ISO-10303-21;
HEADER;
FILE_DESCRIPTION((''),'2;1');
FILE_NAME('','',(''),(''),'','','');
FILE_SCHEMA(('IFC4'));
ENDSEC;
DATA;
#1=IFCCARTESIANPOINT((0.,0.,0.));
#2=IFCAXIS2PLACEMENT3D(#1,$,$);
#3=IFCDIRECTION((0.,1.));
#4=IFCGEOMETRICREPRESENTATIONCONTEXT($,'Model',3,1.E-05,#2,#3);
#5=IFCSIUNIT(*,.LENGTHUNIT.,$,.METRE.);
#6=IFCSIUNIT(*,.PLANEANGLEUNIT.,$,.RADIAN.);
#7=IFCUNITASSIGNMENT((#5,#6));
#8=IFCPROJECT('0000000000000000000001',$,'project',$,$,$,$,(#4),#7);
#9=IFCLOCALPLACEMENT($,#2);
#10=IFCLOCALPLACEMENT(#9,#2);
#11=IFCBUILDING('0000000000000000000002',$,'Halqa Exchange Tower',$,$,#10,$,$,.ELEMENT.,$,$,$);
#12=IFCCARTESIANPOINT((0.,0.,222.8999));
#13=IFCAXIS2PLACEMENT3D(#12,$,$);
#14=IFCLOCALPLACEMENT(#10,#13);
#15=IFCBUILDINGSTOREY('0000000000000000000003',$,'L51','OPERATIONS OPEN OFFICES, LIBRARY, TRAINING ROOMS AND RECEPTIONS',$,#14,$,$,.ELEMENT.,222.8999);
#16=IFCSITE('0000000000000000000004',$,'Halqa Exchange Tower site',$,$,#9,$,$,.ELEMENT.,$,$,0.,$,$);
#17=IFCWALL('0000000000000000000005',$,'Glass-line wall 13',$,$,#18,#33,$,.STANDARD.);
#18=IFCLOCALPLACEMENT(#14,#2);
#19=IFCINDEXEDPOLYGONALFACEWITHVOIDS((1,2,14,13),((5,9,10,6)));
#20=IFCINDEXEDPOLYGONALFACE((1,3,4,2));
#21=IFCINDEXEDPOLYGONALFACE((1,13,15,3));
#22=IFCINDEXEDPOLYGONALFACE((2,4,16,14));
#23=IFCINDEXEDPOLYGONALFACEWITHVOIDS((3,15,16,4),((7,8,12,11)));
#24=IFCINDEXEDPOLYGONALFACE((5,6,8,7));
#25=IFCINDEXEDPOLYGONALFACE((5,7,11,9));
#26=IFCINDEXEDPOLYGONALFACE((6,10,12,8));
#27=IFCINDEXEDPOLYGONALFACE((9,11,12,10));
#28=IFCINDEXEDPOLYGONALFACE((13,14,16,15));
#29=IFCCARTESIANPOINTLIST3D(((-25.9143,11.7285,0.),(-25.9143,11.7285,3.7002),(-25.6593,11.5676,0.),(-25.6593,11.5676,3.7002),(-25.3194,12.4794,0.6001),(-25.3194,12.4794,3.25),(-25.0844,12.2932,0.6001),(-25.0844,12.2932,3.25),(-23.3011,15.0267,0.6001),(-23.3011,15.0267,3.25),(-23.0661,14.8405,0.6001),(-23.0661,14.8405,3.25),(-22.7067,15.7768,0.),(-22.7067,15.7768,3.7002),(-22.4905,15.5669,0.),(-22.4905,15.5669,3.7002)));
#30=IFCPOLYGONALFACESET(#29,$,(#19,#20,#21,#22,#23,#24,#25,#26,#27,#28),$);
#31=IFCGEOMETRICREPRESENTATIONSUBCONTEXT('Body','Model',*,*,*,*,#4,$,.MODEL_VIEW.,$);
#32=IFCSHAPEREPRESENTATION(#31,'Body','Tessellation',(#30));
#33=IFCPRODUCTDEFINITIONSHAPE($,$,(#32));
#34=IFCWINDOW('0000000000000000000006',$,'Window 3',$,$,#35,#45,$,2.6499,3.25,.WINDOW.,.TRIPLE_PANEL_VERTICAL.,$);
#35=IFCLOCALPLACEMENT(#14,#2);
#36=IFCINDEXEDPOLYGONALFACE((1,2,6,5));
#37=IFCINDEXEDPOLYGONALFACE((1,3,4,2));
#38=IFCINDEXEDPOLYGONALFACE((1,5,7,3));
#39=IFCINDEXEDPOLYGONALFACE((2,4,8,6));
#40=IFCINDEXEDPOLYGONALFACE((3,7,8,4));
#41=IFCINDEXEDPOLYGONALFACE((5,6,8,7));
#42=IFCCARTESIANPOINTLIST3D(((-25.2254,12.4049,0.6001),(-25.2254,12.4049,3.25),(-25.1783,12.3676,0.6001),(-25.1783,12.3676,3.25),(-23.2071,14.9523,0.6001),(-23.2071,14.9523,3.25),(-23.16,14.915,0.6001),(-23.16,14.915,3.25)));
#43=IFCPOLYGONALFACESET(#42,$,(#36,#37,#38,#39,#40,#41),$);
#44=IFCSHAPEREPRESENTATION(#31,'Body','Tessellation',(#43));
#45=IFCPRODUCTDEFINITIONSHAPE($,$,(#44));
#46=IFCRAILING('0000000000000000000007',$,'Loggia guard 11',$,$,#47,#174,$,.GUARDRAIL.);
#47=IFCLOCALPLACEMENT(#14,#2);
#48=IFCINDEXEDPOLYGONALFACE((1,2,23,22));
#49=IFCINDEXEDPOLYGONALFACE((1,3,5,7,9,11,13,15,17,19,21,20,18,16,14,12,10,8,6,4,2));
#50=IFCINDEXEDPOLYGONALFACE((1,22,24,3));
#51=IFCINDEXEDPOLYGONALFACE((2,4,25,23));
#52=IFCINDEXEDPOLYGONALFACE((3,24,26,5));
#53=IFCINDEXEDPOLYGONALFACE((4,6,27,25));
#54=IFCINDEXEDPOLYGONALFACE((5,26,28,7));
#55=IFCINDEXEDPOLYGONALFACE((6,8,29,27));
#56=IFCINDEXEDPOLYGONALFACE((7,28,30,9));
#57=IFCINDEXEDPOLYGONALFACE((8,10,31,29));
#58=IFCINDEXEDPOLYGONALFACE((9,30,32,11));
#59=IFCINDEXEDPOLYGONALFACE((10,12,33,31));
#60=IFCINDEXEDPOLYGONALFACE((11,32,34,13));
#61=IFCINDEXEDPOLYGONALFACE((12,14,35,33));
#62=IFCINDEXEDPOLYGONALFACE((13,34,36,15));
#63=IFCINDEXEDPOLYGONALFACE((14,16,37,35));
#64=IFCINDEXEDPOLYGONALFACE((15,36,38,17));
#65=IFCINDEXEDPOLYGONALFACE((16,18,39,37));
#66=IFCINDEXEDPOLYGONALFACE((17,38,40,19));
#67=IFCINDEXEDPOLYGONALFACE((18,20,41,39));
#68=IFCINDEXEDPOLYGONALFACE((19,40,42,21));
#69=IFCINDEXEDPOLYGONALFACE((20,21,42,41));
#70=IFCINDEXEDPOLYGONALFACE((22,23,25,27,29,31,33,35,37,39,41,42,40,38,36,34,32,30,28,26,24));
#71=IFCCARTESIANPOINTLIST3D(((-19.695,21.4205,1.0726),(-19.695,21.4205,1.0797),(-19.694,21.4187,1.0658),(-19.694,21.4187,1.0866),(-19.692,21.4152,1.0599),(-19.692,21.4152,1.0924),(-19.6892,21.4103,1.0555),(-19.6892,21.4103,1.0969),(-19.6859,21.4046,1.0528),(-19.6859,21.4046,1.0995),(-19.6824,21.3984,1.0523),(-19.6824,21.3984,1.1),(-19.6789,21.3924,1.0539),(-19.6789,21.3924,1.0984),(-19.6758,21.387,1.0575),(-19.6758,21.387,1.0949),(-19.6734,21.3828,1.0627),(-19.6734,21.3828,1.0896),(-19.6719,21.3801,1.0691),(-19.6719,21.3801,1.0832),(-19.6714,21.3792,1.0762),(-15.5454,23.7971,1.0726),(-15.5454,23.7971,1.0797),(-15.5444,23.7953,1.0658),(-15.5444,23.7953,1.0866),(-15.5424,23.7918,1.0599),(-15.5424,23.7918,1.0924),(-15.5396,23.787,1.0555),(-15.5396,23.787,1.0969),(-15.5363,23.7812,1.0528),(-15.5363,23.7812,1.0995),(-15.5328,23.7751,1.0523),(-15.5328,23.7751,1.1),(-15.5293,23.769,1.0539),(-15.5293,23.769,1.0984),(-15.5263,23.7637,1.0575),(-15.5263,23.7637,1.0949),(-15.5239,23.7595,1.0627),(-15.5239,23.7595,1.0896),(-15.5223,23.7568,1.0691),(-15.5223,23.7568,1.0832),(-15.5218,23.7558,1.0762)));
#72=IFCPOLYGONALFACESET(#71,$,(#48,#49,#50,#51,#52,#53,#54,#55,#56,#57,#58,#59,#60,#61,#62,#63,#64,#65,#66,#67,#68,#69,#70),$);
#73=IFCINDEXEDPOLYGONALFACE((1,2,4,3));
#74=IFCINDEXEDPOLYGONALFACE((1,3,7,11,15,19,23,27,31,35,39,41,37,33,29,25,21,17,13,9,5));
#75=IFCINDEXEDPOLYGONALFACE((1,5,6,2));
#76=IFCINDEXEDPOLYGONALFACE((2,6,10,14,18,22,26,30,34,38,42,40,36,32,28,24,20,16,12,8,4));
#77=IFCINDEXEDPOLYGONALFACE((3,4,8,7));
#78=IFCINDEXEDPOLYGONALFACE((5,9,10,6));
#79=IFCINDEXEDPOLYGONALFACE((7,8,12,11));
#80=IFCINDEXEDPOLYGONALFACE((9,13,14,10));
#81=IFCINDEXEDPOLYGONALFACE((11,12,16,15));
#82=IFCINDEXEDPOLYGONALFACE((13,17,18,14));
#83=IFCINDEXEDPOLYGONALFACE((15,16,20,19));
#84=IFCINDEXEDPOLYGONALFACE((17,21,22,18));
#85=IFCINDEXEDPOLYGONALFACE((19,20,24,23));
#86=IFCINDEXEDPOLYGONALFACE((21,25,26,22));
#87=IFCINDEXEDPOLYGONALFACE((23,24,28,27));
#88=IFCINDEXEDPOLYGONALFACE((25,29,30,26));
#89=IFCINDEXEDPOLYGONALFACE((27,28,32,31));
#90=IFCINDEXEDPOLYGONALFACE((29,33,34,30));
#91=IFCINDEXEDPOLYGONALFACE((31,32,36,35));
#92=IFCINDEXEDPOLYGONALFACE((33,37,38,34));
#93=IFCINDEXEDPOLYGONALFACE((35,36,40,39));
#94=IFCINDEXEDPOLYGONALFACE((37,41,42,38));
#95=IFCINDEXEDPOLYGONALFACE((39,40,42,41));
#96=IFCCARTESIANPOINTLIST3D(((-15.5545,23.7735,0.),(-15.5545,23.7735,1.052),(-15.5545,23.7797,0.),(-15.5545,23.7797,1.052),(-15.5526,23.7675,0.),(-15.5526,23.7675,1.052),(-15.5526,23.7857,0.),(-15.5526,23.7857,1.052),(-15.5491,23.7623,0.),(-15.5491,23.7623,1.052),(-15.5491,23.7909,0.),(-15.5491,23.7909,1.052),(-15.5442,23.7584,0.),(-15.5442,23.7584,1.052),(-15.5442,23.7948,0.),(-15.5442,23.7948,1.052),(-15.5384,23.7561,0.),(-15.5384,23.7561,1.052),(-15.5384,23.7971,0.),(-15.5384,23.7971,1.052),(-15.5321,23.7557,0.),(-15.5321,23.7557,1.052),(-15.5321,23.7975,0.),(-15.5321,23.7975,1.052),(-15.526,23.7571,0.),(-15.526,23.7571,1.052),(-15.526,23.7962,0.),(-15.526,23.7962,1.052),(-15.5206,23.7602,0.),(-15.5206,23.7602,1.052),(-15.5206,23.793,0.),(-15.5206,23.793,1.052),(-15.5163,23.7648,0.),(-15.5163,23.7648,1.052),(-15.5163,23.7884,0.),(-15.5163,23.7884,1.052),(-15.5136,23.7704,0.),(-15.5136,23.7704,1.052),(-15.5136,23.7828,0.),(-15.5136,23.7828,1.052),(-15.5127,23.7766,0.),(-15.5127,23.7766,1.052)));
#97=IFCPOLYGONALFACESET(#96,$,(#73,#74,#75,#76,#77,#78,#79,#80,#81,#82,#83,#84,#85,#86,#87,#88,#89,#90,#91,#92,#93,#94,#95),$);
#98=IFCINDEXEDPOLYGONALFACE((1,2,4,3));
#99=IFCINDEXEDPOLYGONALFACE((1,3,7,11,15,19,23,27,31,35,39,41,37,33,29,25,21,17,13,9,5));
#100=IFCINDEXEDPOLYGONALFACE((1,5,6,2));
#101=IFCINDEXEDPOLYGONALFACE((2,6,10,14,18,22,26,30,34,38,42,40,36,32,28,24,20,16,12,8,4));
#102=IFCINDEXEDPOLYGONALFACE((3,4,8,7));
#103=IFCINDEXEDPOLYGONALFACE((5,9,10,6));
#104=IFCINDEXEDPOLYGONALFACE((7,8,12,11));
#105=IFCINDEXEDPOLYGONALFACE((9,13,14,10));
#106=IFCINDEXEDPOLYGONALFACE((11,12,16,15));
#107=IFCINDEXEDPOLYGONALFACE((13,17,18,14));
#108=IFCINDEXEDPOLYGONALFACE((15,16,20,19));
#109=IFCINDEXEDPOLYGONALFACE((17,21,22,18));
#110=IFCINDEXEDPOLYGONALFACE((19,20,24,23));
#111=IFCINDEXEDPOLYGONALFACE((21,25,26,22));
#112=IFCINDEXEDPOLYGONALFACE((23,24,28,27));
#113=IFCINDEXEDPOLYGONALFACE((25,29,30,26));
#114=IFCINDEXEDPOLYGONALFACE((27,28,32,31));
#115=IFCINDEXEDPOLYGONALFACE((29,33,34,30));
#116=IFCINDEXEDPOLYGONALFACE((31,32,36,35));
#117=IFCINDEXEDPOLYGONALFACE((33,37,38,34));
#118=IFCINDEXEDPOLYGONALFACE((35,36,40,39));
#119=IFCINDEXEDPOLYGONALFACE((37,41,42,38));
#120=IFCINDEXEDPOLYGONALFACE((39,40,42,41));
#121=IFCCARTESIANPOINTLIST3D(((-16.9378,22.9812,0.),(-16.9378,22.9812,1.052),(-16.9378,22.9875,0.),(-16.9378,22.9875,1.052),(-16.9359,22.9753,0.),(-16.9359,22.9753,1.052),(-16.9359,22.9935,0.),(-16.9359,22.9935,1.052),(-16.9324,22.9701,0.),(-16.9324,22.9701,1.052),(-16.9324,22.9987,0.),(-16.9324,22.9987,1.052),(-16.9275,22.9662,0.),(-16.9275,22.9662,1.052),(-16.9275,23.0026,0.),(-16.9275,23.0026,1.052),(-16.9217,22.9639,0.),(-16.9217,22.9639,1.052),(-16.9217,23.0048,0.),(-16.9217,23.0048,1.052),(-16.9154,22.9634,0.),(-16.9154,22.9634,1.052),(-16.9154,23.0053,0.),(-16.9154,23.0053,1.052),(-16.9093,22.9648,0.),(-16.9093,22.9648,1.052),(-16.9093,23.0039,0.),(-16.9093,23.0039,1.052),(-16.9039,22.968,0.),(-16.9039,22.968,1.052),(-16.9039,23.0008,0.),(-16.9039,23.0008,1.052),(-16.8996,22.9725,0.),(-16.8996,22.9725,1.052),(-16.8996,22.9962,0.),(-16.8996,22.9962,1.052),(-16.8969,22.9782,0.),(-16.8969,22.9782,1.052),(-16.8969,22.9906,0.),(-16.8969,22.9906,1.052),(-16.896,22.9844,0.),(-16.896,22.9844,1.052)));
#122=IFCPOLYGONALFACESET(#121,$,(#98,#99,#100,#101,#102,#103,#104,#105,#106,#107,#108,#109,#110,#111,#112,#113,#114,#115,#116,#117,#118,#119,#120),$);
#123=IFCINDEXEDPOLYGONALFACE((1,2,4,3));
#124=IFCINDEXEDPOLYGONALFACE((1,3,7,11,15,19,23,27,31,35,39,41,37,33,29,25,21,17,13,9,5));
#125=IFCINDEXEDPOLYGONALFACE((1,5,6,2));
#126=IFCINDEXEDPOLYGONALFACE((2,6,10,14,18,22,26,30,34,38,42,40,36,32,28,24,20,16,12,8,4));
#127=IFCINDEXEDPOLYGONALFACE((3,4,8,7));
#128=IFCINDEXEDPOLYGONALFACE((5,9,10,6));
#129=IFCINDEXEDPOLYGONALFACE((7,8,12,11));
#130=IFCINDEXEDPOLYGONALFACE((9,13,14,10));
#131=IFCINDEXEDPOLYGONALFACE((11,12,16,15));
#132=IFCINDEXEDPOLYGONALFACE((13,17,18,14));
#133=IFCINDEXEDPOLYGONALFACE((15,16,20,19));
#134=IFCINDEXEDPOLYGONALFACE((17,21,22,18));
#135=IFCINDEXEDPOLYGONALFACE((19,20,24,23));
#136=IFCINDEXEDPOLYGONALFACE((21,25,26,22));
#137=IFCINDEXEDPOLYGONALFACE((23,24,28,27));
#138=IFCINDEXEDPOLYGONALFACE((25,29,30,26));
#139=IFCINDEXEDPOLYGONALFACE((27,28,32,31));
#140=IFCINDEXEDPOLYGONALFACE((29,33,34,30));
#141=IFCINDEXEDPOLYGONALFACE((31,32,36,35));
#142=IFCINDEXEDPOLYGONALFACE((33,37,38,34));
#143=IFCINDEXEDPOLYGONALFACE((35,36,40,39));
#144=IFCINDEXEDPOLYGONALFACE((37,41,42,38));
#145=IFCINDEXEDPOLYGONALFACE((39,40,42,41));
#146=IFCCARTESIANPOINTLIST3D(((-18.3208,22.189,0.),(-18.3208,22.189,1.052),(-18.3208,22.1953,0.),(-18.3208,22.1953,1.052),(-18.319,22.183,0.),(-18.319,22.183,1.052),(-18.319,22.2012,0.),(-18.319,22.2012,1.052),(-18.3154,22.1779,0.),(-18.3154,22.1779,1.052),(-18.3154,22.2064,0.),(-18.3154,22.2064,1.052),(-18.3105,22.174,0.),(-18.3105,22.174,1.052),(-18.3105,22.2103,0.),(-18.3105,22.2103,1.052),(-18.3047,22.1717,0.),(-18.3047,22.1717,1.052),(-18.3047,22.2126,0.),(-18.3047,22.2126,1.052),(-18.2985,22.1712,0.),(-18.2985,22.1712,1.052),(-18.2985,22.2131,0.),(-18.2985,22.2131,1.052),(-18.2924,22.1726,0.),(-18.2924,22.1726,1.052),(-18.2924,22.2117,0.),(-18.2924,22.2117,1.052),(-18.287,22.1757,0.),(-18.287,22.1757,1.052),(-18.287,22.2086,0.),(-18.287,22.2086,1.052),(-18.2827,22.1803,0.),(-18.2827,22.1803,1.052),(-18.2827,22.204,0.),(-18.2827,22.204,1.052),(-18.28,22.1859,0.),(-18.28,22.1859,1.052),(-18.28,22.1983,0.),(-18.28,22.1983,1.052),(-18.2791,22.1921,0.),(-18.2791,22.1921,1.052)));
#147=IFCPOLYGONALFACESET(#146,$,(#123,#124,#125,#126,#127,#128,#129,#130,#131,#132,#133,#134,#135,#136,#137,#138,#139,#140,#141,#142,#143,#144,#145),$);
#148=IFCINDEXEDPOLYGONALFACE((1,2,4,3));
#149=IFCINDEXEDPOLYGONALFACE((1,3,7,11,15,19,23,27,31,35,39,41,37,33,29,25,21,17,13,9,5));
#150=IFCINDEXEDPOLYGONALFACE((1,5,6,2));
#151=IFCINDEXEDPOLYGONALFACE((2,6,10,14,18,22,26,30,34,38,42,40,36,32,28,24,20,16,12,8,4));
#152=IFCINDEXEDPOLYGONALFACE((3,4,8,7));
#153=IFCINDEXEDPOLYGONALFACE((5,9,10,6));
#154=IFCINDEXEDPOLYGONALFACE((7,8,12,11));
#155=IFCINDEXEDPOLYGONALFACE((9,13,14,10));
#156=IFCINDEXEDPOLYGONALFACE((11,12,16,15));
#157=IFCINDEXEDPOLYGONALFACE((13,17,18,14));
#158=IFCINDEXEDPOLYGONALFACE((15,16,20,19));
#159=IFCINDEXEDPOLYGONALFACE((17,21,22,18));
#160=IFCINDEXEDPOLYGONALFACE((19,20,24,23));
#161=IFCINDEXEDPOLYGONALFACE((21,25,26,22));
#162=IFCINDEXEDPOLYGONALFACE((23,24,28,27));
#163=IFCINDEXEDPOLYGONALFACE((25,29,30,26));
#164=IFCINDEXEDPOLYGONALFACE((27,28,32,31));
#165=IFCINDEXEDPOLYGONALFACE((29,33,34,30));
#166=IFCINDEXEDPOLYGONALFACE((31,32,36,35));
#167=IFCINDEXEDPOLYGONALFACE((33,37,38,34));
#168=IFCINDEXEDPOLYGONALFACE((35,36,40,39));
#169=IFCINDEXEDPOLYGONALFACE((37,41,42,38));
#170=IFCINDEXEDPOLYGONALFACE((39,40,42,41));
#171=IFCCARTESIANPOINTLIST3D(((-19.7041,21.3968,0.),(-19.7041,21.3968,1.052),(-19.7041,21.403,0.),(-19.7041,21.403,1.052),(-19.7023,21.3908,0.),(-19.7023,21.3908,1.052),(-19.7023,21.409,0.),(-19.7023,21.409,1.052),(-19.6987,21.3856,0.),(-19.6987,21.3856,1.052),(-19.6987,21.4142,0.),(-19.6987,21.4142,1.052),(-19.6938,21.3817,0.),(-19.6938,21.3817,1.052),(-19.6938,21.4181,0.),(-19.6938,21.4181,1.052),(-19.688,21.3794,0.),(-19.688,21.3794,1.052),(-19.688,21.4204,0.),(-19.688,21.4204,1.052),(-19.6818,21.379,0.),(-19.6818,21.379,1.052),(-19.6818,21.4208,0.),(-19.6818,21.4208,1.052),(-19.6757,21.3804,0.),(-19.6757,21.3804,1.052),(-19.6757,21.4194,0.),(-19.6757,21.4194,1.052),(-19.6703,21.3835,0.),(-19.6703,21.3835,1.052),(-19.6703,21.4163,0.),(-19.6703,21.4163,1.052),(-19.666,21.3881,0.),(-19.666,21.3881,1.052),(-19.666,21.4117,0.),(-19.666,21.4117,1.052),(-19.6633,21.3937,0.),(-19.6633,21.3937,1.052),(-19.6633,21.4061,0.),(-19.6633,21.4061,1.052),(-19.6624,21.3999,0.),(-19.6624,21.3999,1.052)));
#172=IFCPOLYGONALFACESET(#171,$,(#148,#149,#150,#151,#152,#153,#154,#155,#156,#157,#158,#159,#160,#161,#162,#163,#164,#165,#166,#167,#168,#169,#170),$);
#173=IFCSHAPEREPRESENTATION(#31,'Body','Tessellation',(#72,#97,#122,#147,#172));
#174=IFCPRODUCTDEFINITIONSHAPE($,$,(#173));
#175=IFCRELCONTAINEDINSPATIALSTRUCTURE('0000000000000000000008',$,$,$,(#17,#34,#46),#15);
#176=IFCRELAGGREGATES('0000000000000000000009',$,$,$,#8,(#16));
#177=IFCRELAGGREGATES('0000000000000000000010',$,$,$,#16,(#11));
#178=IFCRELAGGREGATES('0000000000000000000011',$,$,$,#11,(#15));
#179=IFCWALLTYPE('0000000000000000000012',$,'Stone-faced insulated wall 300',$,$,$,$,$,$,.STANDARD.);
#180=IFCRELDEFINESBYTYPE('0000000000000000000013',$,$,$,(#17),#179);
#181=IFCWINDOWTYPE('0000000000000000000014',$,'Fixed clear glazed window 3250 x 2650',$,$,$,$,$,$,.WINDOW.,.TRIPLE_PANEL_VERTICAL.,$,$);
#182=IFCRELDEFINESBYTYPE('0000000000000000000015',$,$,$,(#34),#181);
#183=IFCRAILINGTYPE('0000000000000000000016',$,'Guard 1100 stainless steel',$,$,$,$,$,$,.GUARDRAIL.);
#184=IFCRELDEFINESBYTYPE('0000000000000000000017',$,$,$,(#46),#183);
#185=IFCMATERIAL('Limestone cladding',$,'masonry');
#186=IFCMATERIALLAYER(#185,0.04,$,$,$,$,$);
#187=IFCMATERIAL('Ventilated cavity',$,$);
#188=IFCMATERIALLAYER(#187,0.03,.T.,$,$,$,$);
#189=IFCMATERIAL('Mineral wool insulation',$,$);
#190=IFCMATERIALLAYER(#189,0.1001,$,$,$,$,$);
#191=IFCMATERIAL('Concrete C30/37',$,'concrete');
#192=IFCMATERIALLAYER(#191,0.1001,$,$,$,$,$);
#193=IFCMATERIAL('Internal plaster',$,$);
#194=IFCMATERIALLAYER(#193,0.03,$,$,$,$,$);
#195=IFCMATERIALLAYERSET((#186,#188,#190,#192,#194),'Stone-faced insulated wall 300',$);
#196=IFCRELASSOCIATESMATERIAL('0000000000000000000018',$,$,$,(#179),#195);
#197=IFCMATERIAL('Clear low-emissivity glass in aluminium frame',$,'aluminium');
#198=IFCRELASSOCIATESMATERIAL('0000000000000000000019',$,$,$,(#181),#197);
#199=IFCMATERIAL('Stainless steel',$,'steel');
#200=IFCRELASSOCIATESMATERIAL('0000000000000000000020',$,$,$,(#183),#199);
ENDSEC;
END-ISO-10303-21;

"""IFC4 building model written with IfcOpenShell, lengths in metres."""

from ifc_helpers import new_model, si_unit, direction, frame, frame_2d, origin, origin_2d, place, context, subcontext, project, spatial, polyline, rectangle, circle, outline, extrude, material, layer, layer_set, type_object, element, fill, save


model = new_model("IFC4")

# Units and contexts
model_context = context("Model", 3, precision=1e-05, world=origin(), true_north=direction((0.0, 1.0)))
body_context = subcontext(model_context, "Body", "Model", "MODEL_VIEW")
ifc_project = project(units=[si_unit("LENGTHUNIT", "METRE"), si_unit("PLANEANGLEUNIT", "RADIAN")], contexts=[model_context])

# Site, building, storey
site_placement = place(None, origin())
site = spatial("IfcSite", under=ifc_project, at=site_placement, Name="Halqa Exchange Tower site", CompositionType="ELEMENT", RefElevation=0.0)
building_placement = place(site_placement, origin())
building = spatial("IfcBuilding", under=site, at=building_placement, Name="Halqa Exchange Tower", CompositionType="ELEMENT")
storey_placement = place(building_placement, frame((0.0, 0.0, 222.8999)))
storey = spatial("IfcBuildingStorey", under=building, at=storey_placement, Name="L51", Description="OPERATIONS OPEN OFFICES, LIBRARY, TRAINING ROOMS AND RECEPTIONS", CompositionType="ELEMENT", Elevation=222.8999)

# Shared definitions
ifc_material_1 = material(Name="Limestone cladding", Category="masonry")
ifc_layer_1 = layer(ifc_material_1, 0.04)
ifc_material_2 = material(Name="Ventilated cavity")
ifc_layer_2 = layer(ifc_material_2, 0.03, ventilated=True)
ifc_material_3 = material(Name="Mineral wool insulation")
ifc_layer_3 = layer(ifc_material_3, 0.1001)
ifc_material_4 = material(Name="Concrete C30/37", Category="concrete")
ifc_layer_4 = layer(ifc_material_4, 0.1001)
ifc_material_5 = material(Name="Internal plaster")
ifc_layer_5 = layer(ifc_material_5, 0.03)
ifc_layer_set_1 = layer_set([ifc_layer_1, ifc_layer_2, ifc_layer_3, ifc_layer_4, ifc_layer_5], Name="Stone-faced insulated wall 300")
wall_type_1 = type_object("IfcWallType", Name="Stone-faced insulated wall 300", PredefinedType="STANDARD", material=ifc_layer_set_1)
ifc_material_6 = material(Name="Clear low-emissivity glass in aluminium frame", Category="aluminium")
window_type = type_object("IfcWindowType", Name="Fixed clear glazed window 3250 x 2650", PartitioningType="TRIPLE_PANEL_VERTICAL", PredefinedType="WINDOW", material=ifc_material_6)

# Wall, opening, window
wall_1_placement = place(storey_placement, frame((-22.5986, 15.6719, 0.0), z_axis=(0.0, 0.0, 1.0), x_axis=(-0.621017, -0.783797, 0.0)))
wall_1 = element("IfcWall", 1, at=wall_1_placement, inside=storey, type_object=wall_type_1, Name="Glass-line wall 13", PredefinedType="STANDARD", context=body_context, shape_type="SweptSolid", body=[
    extrude(outline(polyline([(-0.0151, -0.1499), (5.1499, -0.1499), (5.1177, 0.1499), (0.0151, 0.1499), (-0.0151, -0.1499)])), origin(), (0.0, 0.0, 1.0), 3.7002),
])
opening_1_placement = place(wall_1_placement, frame((0.9419, 0.0, 0.6001)))
opening_1 = element("IfcOpeningElement", 2, at=opening_1_placement, cuts=wall_1, PredefinedType="OPENING", context=body_context, shape_type="SweptSolid", body=[
    extrude(rectangle(XDim=3.25, YDim=2.6499, at=frame_2d((1.625, 1.325))), frame((0.0, 0.1621, 0.0), z_axis=(0.0, -1.0, 0.0), x_axis=(1.0, 0.0, 0.0)), (0.0, 0.0, 1.0), 0.324),
])
window_1_placement = place(opening_1_placement, origin())
window_1 = element("IfcWindow", 3, at=window_1_placement, inside=storey, type_object=window_type, Name="Window 3", OverallHeight=2.6499, OverallWidth=3.25, PartitioningType="TRIPLE_PANEL_VERTICAL", PredefinedType="WINDOW", context=body_context, shape_type="SweptSolid", body=[
    extrude(rectangle(XDim=3.25, YDim=2.6499, at=frame_2d((1.625, 1.325))), frame((0.0, 0.03, 0.0), z_axis=(0.0, -1.0, 0.0), x_axis=(1.0, 0.0, 0.0)), (0.0, 0.0, 1.0), 0.0601),
])
fill(opening_1, window_1)

# Railing
ifc_material_7 = material(Name="Stainless steel", Category="steel")
railing_type = type_object("IfcRailingType", Name="Guard 1100 stainless steel", PredefinedType="GUARDRAIL", material=ifc_material_7)
railing_1_placement = place(storey_placement, frame((-15.5337, 23.7766, 0.0)))
element("IfcRailing", 4, at=railing_1_placement, inside=storey, type_object=railing_type, Name="Loggia guard 11", PredefinedType="GUARDRAIL", context=body_context, shape_type="SweptSolid", body=[
    extrude(circle(Radius=0.0239, at=origin_2d()), frame((0.0, 0.0, 1.0762), z_axis=(-0.867749, -0.497002, 0.0), x_axis=(0.497002, -0.867749, 0.0)), (0.0, 0.0, 1.0), 4.782),
    extrude(circle(Radius=0.021, at=origin_2d()), origin(), (0.0, 0.0, 1.0), 1.052),
    extrude(circle(Radius=0.021, at=origin_2d()), frame((-1.3833, -0.7922, 0.0)), (0.0, 0.0, 1.0), 1.052),
    extrude(circle(Radius=0.021, at=origin_2d()), frame((-2.7664, -1.5845, 0.0)), (0.0, 0.0, 1.0), 1.052),
    extrude(circle(Radius=0.021, at=origin_2d()), frame((-4.1497, -2.3767, 0.0)), (0.0, 0.0, 1.0), 1.052),
])

save(model, "model.ifc")
